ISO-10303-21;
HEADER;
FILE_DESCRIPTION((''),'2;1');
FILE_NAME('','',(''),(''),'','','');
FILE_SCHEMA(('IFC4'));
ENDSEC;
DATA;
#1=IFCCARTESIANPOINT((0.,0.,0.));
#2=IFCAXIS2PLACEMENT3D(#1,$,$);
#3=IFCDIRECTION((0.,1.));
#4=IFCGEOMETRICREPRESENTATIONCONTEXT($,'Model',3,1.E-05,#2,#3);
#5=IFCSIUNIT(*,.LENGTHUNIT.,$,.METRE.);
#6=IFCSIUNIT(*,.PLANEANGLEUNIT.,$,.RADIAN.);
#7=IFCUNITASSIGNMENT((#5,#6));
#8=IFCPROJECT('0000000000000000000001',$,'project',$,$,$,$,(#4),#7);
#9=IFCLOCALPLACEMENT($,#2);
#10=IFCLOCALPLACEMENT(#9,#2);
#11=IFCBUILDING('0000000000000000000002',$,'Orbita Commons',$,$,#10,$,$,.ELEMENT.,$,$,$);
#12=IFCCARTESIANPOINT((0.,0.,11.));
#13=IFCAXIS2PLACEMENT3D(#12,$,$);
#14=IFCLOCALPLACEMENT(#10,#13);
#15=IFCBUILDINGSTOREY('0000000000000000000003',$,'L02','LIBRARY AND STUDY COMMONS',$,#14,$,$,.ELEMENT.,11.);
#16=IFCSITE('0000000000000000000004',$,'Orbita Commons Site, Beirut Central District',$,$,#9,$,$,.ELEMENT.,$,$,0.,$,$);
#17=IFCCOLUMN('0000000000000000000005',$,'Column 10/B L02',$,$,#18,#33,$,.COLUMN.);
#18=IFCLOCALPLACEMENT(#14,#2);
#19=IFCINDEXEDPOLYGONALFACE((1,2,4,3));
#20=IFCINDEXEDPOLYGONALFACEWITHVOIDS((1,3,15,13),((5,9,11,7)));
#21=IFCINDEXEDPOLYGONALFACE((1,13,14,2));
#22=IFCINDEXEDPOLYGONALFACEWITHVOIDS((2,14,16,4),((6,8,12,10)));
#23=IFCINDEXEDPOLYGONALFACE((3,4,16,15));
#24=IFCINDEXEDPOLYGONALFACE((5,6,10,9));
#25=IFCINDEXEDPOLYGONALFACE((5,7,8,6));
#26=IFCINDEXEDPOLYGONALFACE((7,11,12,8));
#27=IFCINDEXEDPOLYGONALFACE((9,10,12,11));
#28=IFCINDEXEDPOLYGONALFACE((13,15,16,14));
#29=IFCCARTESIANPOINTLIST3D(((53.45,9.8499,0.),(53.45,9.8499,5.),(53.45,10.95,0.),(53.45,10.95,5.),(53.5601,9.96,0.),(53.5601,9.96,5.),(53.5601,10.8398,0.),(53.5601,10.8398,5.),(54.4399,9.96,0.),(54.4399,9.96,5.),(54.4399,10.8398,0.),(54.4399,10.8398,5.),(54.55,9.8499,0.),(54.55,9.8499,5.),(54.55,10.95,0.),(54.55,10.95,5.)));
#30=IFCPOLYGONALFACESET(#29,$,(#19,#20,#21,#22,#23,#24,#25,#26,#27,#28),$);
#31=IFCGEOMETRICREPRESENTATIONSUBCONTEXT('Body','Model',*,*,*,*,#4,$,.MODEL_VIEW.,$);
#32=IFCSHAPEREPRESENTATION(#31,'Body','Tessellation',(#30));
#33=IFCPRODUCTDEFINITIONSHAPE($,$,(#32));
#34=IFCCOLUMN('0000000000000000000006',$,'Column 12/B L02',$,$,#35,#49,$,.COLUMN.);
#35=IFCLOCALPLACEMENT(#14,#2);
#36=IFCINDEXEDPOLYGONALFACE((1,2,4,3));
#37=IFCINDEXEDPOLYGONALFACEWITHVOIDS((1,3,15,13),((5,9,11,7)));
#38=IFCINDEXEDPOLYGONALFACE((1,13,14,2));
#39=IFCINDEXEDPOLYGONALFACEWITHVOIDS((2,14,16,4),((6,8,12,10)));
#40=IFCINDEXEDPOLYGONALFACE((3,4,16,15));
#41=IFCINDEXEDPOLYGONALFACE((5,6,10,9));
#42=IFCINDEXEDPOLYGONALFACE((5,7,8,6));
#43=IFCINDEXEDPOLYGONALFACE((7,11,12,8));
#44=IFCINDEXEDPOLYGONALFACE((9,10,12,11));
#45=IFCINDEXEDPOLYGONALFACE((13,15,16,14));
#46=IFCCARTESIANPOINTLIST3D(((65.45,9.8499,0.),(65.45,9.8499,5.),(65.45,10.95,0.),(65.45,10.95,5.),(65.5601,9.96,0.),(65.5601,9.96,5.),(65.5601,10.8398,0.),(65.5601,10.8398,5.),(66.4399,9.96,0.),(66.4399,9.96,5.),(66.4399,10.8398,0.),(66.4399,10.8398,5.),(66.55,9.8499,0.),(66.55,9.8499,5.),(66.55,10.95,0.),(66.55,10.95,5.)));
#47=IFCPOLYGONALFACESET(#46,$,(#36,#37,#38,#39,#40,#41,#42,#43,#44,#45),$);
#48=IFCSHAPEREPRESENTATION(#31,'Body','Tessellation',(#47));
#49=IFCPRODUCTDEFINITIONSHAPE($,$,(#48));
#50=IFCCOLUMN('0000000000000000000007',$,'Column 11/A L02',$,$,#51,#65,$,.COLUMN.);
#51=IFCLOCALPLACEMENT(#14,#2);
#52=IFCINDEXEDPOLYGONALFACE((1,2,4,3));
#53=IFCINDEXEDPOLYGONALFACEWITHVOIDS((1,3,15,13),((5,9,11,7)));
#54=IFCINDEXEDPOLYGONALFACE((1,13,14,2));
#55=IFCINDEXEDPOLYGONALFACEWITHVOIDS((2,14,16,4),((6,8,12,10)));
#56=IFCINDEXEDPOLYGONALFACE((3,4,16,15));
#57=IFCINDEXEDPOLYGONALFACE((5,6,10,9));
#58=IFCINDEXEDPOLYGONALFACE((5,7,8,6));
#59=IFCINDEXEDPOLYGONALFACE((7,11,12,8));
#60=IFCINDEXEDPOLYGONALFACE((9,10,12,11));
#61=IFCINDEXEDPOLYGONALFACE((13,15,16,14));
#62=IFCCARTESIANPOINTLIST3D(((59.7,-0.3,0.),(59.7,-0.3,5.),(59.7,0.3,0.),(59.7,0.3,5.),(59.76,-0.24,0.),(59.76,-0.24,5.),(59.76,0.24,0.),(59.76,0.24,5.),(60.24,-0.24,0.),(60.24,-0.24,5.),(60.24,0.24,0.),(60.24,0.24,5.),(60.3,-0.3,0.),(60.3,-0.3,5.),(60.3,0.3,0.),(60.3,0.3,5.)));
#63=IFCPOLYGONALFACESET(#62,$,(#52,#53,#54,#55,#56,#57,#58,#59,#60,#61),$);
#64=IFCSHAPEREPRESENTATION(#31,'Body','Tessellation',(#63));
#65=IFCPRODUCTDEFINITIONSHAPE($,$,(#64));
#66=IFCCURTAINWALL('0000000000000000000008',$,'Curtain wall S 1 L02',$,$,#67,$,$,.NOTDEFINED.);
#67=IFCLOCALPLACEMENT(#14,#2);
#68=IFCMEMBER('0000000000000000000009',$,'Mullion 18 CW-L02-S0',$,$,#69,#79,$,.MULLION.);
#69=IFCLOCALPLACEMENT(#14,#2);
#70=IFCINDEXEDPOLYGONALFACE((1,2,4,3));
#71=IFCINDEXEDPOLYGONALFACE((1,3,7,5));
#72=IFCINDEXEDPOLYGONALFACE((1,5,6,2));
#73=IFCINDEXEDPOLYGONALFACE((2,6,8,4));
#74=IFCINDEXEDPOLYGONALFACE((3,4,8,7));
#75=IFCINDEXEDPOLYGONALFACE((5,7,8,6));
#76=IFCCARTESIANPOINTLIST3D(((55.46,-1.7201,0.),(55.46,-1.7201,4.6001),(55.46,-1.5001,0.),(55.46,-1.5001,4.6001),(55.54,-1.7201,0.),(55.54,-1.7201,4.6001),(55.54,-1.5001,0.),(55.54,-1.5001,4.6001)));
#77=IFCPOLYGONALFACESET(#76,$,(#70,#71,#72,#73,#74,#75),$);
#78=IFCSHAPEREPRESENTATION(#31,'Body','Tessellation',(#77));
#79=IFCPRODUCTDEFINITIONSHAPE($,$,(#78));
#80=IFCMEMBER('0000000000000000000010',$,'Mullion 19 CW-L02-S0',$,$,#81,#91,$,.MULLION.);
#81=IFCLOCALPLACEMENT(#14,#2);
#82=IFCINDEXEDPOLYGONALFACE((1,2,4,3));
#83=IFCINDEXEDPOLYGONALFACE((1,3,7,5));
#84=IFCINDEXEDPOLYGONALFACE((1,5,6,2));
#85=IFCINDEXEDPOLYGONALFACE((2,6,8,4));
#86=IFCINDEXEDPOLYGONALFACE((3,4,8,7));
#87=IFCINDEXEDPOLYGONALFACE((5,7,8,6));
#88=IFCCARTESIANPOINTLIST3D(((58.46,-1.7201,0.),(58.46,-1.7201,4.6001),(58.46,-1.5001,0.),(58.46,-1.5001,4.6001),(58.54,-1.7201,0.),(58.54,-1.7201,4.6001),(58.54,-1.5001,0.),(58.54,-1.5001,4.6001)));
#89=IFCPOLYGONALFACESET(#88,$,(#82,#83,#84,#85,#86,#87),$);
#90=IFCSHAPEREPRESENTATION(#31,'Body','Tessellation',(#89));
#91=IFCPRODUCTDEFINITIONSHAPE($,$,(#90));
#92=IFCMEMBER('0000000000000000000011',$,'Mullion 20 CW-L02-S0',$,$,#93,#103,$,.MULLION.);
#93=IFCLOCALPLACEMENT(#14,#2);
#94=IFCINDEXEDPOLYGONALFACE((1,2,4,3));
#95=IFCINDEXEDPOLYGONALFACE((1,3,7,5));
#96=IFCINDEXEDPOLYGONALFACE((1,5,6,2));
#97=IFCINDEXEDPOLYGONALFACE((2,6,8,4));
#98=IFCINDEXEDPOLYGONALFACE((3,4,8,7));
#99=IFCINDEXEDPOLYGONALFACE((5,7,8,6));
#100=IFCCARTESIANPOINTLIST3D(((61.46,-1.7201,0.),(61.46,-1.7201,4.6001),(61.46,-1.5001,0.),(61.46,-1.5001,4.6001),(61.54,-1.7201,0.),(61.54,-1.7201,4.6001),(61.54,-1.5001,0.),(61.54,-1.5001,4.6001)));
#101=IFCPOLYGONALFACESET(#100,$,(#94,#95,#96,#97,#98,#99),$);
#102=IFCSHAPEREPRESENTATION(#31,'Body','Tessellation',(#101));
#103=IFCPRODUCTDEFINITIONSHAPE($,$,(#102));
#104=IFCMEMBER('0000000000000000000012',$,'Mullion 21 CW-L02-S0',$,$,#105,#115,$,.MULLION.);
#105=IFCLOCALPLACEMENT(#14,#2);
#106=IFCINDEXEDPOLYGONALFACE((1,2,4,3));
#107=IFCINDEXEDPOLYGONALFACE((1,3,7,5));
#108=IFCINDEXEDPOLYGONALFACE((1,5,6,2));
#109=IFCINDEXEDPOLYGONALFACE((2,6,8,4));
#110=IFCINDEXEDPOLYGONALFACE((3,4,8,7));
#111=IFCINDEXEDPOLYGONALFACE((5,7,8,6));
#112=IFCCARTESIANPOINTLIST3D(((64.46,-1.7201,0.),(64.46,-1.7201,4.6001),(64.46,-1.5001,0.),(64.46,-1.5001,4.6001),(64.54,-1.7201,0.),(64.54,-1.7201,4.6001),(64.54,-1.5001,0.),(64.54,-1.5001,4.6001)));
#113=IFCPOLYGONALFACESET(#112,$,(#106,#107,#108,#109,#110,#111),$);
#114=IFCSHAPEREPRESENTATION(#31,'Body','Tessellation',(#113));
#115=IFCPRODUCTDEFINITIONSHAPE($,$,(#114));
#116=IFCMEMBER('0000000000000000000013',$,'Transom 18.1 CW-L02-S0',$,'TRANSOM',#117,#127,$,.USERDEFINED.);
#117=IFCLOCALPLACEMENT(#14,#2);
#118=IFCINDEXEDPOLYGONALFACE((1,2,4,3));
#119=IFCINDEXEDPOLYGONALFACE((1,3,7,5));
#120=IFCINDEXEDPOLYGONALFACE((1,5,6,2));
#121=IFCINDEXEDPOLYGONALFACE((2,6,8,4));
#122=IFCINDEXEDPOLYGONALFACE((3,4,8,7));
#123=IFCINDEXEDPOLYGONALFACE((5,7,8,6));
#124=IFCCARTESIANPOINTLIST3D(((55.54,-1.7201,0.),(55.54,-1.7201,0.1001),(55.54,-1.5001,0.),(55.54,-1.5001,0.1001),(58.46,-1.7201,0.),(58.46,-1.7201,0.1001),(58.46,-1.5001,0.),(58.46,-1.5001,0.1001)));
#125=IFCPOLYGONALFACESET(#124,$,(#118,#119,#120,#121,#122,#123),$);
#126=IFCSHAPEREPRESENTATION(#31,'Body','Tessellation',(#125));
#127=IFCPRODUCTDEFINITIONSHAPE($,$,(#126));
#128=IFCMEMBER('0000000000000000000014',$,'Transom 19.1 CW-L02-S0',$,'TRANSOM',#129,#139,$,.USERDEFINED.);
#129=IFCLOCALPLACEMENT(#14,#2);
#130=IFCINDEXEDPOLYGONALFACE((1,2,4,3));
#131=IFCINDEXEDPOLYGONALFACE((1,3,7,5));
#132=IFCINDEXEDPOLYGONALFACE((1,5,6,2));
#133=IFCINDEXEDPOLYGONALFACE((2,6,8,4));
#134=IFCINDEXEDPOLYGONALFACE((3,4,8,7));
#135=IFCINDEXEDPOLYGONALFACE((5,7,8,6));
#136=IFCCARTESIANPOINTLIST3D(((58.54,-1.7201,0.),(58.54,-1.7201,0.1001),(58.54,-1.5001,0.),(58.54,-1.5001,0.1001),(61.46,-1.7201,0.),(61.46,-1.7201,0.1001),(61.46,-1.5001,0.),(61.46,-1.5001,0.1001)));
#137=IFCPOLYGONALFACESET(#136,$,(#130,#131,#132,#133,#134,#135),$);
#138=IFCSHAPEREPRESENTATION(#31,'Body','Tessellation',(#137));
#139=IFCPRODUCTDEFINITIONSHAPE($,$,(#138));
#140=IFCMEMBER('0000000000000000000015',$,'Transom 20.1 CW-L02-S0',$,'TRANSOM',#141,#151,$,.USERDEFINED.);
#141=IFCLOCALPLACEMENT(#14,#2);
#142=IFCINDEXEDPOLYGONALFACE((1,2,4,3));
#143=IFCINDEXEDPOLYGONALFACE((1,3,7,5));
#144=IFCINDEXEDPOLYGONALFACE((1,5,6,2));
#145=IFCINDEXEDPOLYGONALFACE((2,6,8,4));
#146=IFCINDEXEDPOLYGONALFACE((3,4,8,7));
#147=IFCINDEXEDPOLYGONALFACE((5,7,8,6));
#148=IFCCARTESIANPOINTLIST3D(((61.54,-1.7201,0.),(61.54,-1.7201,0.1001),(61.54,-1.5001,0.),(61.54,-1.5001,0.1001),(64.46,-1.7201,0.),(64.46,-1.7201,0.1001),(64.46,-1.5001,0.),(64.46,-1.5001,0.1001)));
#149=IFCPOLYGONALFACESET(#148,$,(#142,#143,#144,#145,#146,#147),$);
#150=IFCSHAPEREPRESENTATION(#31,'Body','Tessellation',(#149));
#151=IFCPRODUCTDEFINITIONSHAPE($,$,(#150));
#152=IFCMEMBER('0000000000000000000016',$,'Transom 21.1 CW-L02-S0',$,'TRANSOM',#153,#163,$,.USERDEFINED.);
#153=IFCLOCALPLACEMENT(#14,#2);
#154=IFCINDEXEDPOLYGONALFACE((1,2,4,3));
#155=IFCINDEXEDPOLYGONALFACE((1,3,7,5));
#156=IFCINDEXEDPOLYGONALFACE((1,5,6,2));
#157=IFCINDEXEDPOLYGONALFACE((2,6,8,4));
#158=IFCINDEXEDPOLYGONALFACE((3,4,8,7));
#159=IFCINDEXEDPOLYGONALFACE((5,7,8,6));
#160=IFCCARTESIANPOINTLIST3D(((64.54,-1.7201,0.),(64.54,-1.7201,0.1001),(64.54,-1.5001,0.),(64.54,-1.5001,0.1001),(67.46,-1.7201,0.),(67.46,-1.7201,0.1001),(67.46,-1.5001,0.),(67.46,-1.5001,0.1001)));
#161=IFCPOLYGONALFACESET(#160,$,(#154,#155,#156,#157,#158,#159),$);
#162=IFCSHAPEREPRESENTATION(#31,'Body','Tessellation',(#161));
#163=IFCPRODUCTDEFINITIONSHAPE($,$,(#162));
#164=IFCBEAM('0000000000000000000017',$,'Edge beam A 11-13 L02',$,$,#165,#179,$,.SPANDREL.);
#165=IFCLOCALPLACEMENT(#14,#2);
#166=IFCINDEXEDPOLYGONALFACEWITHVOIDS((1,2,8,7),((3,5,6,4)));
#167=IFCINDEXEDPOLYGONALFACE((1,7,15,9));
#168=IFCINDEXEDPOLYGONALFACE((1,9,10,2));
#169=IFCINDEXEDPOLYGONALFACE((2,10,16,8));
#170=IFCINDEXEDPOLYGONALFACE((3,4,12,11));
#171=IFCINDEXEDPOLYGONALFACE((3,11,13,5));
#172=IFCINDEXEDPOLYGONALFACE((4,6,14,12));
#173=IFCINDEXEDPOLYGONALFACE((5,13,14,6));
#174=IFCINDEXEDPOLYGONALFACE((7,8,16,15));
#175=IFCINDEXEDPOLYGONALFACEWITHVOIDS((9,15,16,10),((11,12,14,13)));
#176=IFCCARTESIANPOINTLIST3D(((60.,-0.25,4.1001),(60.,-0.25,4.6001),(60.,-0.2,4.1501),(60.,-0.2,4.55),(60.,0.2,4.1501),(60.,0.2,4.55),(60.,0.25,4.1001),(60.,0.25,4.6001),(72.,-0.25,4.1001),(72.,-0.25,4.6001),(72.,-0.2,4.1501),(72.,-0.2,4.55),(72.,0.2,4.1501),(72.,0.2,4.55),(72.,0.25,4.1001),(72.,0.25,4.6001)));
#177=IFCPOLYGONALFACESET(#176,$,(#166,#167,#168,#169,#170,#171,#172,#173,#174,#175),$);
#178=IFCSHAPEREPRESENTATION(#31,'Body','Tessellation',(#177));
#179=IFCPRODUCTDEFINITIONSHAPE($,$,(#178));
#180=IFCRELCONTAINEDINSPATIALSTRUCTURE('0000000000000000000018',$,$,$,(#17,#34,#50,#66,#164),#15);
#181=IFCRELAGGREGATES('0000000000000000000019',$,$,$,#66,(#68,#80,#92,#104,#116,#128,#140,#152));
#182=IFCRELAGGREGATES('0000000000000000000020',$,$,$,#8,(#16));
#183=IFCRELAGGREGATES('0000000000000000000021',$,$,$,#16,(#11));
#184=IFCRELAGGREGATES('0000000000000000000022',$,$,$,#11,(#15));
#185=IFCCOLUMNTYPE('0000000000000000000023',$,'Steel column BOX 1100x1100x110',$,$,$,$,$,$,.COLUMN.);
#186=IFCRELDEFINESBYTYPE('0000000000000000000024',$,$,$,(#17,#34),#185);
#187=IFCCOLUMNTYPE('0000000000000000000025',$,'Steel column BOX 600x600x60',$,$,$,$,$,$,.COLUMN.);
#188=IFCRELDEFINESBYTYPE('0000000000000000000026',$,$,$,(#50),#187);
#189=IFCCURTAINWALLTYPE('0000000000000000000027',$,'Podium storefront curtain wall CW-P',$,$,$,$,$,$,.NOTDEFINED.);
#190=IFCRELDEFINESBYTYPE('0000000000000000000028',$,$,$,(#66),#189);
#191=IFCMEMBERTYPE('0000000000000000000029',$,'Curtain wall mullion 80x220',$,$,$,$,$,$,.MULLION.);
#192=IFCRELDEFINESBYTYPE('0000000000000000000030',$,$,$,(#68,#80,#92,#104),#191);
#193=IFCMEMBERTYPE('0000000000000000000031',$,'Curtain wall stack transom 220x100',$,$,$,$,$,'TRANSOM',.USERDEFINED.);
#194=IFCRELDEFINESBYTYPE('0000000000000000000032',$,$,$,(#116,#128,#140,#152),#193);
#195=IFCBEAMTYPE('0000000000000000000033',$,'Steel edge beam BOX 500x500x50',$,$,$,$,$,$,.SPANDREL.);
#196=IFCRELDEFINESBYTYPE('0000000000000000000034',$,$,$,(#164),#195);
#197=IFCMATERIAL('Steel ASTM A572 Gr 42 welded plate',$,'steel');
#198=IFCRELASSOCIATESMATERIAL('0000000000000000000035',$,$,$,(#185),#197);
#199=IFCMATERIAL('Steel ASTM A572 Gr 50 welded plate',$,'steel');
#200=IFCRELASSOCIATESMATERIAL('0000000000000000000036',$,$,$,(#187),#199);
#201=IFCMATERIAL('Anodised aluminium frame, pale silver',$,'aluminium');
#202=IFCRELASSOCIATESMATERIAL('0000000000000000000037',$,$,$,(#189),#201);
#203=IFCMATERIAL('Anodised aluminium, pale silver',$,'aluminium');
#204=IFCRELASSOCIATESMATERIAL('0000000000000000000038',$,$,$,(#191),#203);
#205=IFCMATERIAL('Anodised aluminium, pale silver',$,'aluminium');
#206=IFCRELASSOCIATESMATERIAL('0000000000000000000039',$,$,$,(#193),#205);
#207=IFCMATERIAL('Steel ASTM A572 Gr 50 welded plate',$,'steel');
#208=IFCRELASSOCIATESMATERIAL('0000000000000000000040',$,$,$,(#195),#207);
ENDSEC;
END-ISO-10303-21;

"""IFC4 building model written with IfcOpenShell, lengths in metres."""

from ifc_helpers import new_model, si_unit, direction, frame, origin, origin_2d, place, context, subcontext, project, spatial, rectangle, hollow_rectangle, extrude, material, material_profile, profile_set, type_object, element, aggregate, save


model = new_model("IFC4")

# Units and contexts
model_context = context("Model", 3, precision=1e-05, world=origin(), true_north=direction((0.0, 1.0)))
body_context = subcontext(model_context, "Body", "Model", "MODEL_VIEW")
ifc_project = project(units=[si_unit("LENGTHUNIT", "METRE"), si_unit("PLANEANGLEUNIT", "RADIAN")], contexts=[model_context])

# Site, building, storey
site_placement = place(None, origin())
site = spatial("IfcSite", under=ifc_project, at=site_placement, Name="Orbita Commons Site, Beirut Central District", CompositionType="ELEMENT", RefElevation=0.0)
building_placement = place(site_placement, origin())
building = spatial("IfcBuilding", under=site, at=building_placement, Name="Orbita Commons", CompositionType="ELEMENT")
storey_placement = place(building_placement, frame((0.0, 0.0, 11.0)))
storey = spatial("IfcBuildingStorey", under=building, at=storey_placement, Name="L02", Description="LIBRARY AND STUDY COMMONS", CompositionType="ELEMENT", Elevation=11.0)

# Columns
ifc_material_1 = material(Name="Steel ASTM A572 Gr 42 welded plate", Category="steel")
ifc_material_profile_1 = material_profile(ifc_material_1, hollow_rectangle(XDim=1.1001, YDim=1.1001, WallThickness=0.1101, at=origin_2d()), Name="BOX 1100x1100x110")
ifc_profile_set_1 = profile_set([ifc_material_profile_1], Name="Steel ASTM A572 Gr 42 welded plate")
column_type_1 = type_object("IfcColumnType", Name="Steel column BOX 1100x1100x110", PredefinedType="COLUMN", material=ifc_profile_set_1)
for number, where, z_axis, x_axis, name in (
    (1, (54.0, 10.3999, 0.0), (0.0, 0.0, 1.0), (1.0, 0.0, 0.0), "Column 10/B L02"),
    (2, (66.0, 10.3999, 0.0), (0.0, 0.0, 1.0), (1.0, 0.0, 0.0), "Column 12/B L02"),
):
    element("IfcColumn", number, at=place(storey_placement, frame(where, z_axis=z_axis, x_axis=x_axis)), inside=storey, type_object=column_type_1, Name=name, PredefinedType="COLUMN", context=body_context, shape_type="SweptSolid", body=[
        extrude(hollow_rectangle(XDim=1.1001, YDim=1.1001, WallThickness=0.1101, at=origin_2d()), origin(), (0.0, 0.0, 1.0), 5.0),
    ])
ifc_material_2 = material(Name="Steel ASTM A572 Gr 50 welded plate", Category="steel")
ifc_material_profile_2 = material_profile(ifc_material_2, hollow_rectangle(XDim=0.6001, YDim=0.6001, WallThickness=0.0601, at=origin_2d()), Name="BOX 600x600x60")
ifc_profile_set_2 = profile_set([ifc_material_profile_2], Name="Steel ASTM A572 Gr 50 welded plate")
column_type_2 = type_object("IfcColumnType", Name="Steel column BOX 600x600x60", PredefinedType="COLUMN", material=ifc_profile_set_2)
column_placement = place(storey_placement, frame((60.0, 0.0, 0.0), z_axis=(0.0, 0.0, 1.0), x_axis=(1.0, 0.0, 0.0)))
element("IfcColumn", 3, at=column_placement, inside=storey, type_object=column_type_2, Name="Column 11/A L02", PredefinedType="COLUMN", context=body_context, shape_type="SweptSolid", body=[
    extrude(hollow_rectangle(XDim=0.6001, YDim=0.6001, WallThickness=0.0601, at=origin_2d()), origin(), (0.0, 0.0, 1.0), 5.0),
])

# Curtain wall, members
ifc_material_3 = material(Name="Anodised aluminium frame, pale silver", Category="aluminium")
curtain_wall_type = type_object("IfcCurtainWallType", Name="Podium storefront curtain wall CW-P", PredefinedType="NOTDEFINED", material=ifc_material_3)
curtain_wall_placement = place(storey_placement, origin())
curtain_wall = element("IfcCurtainWall", 4, at=curtain_wall_placement, inside=storey, type_object=curtain_wall_type, Name="Curtain wall S 1 L02", PredefinedType="NOTDEFINED")
ifc_material_4 = material(Name="Anodised aluminium, pale silver", Category="aluminium")
ifc_material_profile_3 = material_profile(ifc_material_4, rectangle(XDim=0.0801, YDim=0.22, at=origin_2d()), Name="AL 80x220")
ifc_profile_set_3 = profile_set([ifc_material_profile_3], Name="Anodised aluminium, pale silver")
member_type_1 = type_object("IfcMemberType", Name="Curtain wall mullion 80x220", PredefinedType="MULLION", material=ifc_profile_set_3)
member_1_placement = place(storey_placement, frame((55.5, -1.6101, 0.0), z_axis=(0.0, 0.0, 1.0), x_axis=(1.0, 0.0, 0.0)))
member_1 = element("IfcMember", 5, at=member_1_placement, type_object=member_type_1, Name="Mullion 18 CW-L02-S0", PredefinedType="MULLION", context=body_context, shape_type="SweptSolid", body=[
    extrude(rectangle(XDim=0.0801, YDim=0.22, at=origin_2d()), origin(), (0.0, 0.0, 1.0), 4.6001),
])
member_2_placement = place(storey_placement, frame((58.5, -1.6101, 0.0), z_axis=(0.0, 0.0, 1.0), x_axis=(1.0, 0.0, 0.0)))
member_2 = element("IfcMember", 6, at=member_2_placement, type_object=member_type_1, Name="Mullion 19 CW-L02-S0", PredefinedType="MULLION", context=body_context, shape_type="SweptSolid", body=[
    extrude(rectangle(XDim=0.0801, YDim=0.22, at=origin_2d()), origin(), (0.0, 0.0, 1.0), 4.6001),
])
member_3_placement = place(storey_placement, frame((61.5, -1.6101, 0.0), z_axis=(0.0, 0.0, 1.0), x_axis=(1.0, 0.0, 0.0)))
member_3 = element("IfcMember", 7, at=member_3_placement, type_object=member_type_1, Name="Mullion 20 CW-L02-S0", PredefinedType="MULLION", context=body_context, shape_type="SweptSolid", body=[
    extrude(rectangle(XDim=0.0801, YDim=0.22, at=origin_2d()), origin(), (0.0, 0.0, 1.0), 4.6001),
])
member_4_placement = place(storey_placement, frame((64.5, -1.6101, 0.0), z_axis=(0.0, 0.0, 1.0), x_axis=(1.0, 0.0, 0.0)))
member_4 = element("IfcMember", 8, at=member_4_placement, type_object=member_type_1, Name="Mullion 21 CW-L02-S0", PredefinedType="MULLION", context=body_context, shape_type="SweptSolid", body=[
    extrude(rectangle(XDim=0.0801, YDim=0.22, at=origin_2d()), origin(), (0.0, 0.0, 1.0), 4.6001),
])
ifc_material_5 = material(Name="Anodised aluminium, pale silver", Category="aluminium")
ifc_material_profile_4 = material_profile(ifc_material_5, rectangle(XDim=0.22, YDim=0.1001, at=origin_2d()), Name="AL 220x100")
ifc_profile_set_4 = profile_set([ifc_material_profile_4], Name="Anodised aluminium, pale silver")
member_type_2 = type_object("IfcMemberType", Name="Curtain wall stack transom 220x100", ElementType="TRANSOM", PredefinedType="USERDEFINED", material=ifc_profile_set_4)
member_5_placement = place(storey_placement, frame((55.54, -1.6101, 0.05), z_axis=(1.0, 0.0, 0.0), x_axis=(0.0, 1.0, 0.0)))
member_5 = element("IfcMember", 9, at=member_5_placement, type_object=member_type_2, Name="Transom 18.1 CW-L02-S0", ObjectType="TRANSOM", PredefinedType="USERDEFINED", context=body_context, shape_type="SweptSolid", body=[
    extrude(rectangle(XDim=0.22, YDim=0.1001, at=origin_2d()), origin(), (0.0, 0.0, 1.0), 2.9199),
])
member_6_placement = place(storey_placement, frame((58.54, -1.6101, 0.05), z_axis=(1.0, 0.0, 0.0), x_axis=(0.0, 1.0, 0.0)))
member_6 = element("IfcMember", 10, at=member_6_placement, type_object=member_type_2, Name="Transom 19.1 CW-L02-S0", ObjectType="TRANSOM", PredefinedType="USERDEFINED", context=body_context, shape_type="SweptSolid", body=[
    extrude(rectangle(XDim=0.22, YDim=0.1001, at=origin_2d()), origin(), (0.0, 0.0, 1.0), 2.9199),
])
member_7_placement = place(storey_placement, frame((61.54, -1.6101, 0.05), z_axis=(1.0, 0.0, 0.0), x_axis=(0.0, 1.0, 0.0)))
member_7 = element("IfcMember", 11, at=member_7_placement, type_object=member_type_2, Name="Transom 20.1 CW-L02-S0", ObjectType="TRANSOM", PredefinedType="USERDEFINED", context=body_context, shape_type="SweptSolid", body=[
    extrude(rectangle(XDim=0.22, YDim=0.1001, at=origin_2d()), origin(), (0.0, 0.0, 1.0), 2.9199),
])
member_8_placement = place(storey_placement, frame((64.54, -1.6101, 0.05), z_axis=(1.0, 0.0, 0.0), x_axis=(0.0, 1.0, 0.0)))
member_8 = element("IfcMember", 12, at=member_8_placement, type_object=member_type_2, Name="Transom 21.1 CW-L02-S0", ObjectType="TRANSOM", PredefinedType="USERDEFINED", context=body_context, shape_type="SweptSolid", body=[
    extrude(rectangle(XDim=0.22, YDim=0.1001, at=origin_2d()), origin(), (0.0, 0.0, 1.0), 2.9199),
])

# Beam
ifc_material_6 = material(Name="Steel ASTM A572 Gr 50 welded plate", Category="steel")
ifc_material_profile_5 = material_profile(ifc_material_6, hollow_rectangle(XDim=0.5, YDim=0.5, WallThickness=0.05, at=origin_2d()), Name="BOX 500x500x50")
ifc_profile_set_5 = profile_set([ifc_material_profile_5], Name="Steel ASTM A572 Gr 50 welded plate")
beam_type_1 = type_object("IfcBeamType", Name="Steel edge beam BOX 500x500x50", PredefinedType="SPANDREL", material=ifc_profile_set_5)
beam_1_placement = place(storey_placement, frame((60.0, 0.0, 4.3501), z_axis=(1.0, 0.0, 0.0), x_axis=(0.0, 1.0, 0.0)))
element("IfcBeam", 13, at=beam_1_placement, inside=storey, type_object=beam_type_1, Name="Edge beam A 11-13 L02", PredefinedType="SPANDREL", context=body_context, shape_type="SweptSolid", body=[
    extrude(hollow_rectangle(XDim=0.5, YDim=0.5, WallThickness=0.05, at=origin_2d()), origin(), (0.0, 0.0, 1.0), 12.0),
])

aggregate(curtain_wall, [member_1, member_2, member_3, member_4, member_5, member_6, member_7, member_8])

save(model, "model.ifc")
